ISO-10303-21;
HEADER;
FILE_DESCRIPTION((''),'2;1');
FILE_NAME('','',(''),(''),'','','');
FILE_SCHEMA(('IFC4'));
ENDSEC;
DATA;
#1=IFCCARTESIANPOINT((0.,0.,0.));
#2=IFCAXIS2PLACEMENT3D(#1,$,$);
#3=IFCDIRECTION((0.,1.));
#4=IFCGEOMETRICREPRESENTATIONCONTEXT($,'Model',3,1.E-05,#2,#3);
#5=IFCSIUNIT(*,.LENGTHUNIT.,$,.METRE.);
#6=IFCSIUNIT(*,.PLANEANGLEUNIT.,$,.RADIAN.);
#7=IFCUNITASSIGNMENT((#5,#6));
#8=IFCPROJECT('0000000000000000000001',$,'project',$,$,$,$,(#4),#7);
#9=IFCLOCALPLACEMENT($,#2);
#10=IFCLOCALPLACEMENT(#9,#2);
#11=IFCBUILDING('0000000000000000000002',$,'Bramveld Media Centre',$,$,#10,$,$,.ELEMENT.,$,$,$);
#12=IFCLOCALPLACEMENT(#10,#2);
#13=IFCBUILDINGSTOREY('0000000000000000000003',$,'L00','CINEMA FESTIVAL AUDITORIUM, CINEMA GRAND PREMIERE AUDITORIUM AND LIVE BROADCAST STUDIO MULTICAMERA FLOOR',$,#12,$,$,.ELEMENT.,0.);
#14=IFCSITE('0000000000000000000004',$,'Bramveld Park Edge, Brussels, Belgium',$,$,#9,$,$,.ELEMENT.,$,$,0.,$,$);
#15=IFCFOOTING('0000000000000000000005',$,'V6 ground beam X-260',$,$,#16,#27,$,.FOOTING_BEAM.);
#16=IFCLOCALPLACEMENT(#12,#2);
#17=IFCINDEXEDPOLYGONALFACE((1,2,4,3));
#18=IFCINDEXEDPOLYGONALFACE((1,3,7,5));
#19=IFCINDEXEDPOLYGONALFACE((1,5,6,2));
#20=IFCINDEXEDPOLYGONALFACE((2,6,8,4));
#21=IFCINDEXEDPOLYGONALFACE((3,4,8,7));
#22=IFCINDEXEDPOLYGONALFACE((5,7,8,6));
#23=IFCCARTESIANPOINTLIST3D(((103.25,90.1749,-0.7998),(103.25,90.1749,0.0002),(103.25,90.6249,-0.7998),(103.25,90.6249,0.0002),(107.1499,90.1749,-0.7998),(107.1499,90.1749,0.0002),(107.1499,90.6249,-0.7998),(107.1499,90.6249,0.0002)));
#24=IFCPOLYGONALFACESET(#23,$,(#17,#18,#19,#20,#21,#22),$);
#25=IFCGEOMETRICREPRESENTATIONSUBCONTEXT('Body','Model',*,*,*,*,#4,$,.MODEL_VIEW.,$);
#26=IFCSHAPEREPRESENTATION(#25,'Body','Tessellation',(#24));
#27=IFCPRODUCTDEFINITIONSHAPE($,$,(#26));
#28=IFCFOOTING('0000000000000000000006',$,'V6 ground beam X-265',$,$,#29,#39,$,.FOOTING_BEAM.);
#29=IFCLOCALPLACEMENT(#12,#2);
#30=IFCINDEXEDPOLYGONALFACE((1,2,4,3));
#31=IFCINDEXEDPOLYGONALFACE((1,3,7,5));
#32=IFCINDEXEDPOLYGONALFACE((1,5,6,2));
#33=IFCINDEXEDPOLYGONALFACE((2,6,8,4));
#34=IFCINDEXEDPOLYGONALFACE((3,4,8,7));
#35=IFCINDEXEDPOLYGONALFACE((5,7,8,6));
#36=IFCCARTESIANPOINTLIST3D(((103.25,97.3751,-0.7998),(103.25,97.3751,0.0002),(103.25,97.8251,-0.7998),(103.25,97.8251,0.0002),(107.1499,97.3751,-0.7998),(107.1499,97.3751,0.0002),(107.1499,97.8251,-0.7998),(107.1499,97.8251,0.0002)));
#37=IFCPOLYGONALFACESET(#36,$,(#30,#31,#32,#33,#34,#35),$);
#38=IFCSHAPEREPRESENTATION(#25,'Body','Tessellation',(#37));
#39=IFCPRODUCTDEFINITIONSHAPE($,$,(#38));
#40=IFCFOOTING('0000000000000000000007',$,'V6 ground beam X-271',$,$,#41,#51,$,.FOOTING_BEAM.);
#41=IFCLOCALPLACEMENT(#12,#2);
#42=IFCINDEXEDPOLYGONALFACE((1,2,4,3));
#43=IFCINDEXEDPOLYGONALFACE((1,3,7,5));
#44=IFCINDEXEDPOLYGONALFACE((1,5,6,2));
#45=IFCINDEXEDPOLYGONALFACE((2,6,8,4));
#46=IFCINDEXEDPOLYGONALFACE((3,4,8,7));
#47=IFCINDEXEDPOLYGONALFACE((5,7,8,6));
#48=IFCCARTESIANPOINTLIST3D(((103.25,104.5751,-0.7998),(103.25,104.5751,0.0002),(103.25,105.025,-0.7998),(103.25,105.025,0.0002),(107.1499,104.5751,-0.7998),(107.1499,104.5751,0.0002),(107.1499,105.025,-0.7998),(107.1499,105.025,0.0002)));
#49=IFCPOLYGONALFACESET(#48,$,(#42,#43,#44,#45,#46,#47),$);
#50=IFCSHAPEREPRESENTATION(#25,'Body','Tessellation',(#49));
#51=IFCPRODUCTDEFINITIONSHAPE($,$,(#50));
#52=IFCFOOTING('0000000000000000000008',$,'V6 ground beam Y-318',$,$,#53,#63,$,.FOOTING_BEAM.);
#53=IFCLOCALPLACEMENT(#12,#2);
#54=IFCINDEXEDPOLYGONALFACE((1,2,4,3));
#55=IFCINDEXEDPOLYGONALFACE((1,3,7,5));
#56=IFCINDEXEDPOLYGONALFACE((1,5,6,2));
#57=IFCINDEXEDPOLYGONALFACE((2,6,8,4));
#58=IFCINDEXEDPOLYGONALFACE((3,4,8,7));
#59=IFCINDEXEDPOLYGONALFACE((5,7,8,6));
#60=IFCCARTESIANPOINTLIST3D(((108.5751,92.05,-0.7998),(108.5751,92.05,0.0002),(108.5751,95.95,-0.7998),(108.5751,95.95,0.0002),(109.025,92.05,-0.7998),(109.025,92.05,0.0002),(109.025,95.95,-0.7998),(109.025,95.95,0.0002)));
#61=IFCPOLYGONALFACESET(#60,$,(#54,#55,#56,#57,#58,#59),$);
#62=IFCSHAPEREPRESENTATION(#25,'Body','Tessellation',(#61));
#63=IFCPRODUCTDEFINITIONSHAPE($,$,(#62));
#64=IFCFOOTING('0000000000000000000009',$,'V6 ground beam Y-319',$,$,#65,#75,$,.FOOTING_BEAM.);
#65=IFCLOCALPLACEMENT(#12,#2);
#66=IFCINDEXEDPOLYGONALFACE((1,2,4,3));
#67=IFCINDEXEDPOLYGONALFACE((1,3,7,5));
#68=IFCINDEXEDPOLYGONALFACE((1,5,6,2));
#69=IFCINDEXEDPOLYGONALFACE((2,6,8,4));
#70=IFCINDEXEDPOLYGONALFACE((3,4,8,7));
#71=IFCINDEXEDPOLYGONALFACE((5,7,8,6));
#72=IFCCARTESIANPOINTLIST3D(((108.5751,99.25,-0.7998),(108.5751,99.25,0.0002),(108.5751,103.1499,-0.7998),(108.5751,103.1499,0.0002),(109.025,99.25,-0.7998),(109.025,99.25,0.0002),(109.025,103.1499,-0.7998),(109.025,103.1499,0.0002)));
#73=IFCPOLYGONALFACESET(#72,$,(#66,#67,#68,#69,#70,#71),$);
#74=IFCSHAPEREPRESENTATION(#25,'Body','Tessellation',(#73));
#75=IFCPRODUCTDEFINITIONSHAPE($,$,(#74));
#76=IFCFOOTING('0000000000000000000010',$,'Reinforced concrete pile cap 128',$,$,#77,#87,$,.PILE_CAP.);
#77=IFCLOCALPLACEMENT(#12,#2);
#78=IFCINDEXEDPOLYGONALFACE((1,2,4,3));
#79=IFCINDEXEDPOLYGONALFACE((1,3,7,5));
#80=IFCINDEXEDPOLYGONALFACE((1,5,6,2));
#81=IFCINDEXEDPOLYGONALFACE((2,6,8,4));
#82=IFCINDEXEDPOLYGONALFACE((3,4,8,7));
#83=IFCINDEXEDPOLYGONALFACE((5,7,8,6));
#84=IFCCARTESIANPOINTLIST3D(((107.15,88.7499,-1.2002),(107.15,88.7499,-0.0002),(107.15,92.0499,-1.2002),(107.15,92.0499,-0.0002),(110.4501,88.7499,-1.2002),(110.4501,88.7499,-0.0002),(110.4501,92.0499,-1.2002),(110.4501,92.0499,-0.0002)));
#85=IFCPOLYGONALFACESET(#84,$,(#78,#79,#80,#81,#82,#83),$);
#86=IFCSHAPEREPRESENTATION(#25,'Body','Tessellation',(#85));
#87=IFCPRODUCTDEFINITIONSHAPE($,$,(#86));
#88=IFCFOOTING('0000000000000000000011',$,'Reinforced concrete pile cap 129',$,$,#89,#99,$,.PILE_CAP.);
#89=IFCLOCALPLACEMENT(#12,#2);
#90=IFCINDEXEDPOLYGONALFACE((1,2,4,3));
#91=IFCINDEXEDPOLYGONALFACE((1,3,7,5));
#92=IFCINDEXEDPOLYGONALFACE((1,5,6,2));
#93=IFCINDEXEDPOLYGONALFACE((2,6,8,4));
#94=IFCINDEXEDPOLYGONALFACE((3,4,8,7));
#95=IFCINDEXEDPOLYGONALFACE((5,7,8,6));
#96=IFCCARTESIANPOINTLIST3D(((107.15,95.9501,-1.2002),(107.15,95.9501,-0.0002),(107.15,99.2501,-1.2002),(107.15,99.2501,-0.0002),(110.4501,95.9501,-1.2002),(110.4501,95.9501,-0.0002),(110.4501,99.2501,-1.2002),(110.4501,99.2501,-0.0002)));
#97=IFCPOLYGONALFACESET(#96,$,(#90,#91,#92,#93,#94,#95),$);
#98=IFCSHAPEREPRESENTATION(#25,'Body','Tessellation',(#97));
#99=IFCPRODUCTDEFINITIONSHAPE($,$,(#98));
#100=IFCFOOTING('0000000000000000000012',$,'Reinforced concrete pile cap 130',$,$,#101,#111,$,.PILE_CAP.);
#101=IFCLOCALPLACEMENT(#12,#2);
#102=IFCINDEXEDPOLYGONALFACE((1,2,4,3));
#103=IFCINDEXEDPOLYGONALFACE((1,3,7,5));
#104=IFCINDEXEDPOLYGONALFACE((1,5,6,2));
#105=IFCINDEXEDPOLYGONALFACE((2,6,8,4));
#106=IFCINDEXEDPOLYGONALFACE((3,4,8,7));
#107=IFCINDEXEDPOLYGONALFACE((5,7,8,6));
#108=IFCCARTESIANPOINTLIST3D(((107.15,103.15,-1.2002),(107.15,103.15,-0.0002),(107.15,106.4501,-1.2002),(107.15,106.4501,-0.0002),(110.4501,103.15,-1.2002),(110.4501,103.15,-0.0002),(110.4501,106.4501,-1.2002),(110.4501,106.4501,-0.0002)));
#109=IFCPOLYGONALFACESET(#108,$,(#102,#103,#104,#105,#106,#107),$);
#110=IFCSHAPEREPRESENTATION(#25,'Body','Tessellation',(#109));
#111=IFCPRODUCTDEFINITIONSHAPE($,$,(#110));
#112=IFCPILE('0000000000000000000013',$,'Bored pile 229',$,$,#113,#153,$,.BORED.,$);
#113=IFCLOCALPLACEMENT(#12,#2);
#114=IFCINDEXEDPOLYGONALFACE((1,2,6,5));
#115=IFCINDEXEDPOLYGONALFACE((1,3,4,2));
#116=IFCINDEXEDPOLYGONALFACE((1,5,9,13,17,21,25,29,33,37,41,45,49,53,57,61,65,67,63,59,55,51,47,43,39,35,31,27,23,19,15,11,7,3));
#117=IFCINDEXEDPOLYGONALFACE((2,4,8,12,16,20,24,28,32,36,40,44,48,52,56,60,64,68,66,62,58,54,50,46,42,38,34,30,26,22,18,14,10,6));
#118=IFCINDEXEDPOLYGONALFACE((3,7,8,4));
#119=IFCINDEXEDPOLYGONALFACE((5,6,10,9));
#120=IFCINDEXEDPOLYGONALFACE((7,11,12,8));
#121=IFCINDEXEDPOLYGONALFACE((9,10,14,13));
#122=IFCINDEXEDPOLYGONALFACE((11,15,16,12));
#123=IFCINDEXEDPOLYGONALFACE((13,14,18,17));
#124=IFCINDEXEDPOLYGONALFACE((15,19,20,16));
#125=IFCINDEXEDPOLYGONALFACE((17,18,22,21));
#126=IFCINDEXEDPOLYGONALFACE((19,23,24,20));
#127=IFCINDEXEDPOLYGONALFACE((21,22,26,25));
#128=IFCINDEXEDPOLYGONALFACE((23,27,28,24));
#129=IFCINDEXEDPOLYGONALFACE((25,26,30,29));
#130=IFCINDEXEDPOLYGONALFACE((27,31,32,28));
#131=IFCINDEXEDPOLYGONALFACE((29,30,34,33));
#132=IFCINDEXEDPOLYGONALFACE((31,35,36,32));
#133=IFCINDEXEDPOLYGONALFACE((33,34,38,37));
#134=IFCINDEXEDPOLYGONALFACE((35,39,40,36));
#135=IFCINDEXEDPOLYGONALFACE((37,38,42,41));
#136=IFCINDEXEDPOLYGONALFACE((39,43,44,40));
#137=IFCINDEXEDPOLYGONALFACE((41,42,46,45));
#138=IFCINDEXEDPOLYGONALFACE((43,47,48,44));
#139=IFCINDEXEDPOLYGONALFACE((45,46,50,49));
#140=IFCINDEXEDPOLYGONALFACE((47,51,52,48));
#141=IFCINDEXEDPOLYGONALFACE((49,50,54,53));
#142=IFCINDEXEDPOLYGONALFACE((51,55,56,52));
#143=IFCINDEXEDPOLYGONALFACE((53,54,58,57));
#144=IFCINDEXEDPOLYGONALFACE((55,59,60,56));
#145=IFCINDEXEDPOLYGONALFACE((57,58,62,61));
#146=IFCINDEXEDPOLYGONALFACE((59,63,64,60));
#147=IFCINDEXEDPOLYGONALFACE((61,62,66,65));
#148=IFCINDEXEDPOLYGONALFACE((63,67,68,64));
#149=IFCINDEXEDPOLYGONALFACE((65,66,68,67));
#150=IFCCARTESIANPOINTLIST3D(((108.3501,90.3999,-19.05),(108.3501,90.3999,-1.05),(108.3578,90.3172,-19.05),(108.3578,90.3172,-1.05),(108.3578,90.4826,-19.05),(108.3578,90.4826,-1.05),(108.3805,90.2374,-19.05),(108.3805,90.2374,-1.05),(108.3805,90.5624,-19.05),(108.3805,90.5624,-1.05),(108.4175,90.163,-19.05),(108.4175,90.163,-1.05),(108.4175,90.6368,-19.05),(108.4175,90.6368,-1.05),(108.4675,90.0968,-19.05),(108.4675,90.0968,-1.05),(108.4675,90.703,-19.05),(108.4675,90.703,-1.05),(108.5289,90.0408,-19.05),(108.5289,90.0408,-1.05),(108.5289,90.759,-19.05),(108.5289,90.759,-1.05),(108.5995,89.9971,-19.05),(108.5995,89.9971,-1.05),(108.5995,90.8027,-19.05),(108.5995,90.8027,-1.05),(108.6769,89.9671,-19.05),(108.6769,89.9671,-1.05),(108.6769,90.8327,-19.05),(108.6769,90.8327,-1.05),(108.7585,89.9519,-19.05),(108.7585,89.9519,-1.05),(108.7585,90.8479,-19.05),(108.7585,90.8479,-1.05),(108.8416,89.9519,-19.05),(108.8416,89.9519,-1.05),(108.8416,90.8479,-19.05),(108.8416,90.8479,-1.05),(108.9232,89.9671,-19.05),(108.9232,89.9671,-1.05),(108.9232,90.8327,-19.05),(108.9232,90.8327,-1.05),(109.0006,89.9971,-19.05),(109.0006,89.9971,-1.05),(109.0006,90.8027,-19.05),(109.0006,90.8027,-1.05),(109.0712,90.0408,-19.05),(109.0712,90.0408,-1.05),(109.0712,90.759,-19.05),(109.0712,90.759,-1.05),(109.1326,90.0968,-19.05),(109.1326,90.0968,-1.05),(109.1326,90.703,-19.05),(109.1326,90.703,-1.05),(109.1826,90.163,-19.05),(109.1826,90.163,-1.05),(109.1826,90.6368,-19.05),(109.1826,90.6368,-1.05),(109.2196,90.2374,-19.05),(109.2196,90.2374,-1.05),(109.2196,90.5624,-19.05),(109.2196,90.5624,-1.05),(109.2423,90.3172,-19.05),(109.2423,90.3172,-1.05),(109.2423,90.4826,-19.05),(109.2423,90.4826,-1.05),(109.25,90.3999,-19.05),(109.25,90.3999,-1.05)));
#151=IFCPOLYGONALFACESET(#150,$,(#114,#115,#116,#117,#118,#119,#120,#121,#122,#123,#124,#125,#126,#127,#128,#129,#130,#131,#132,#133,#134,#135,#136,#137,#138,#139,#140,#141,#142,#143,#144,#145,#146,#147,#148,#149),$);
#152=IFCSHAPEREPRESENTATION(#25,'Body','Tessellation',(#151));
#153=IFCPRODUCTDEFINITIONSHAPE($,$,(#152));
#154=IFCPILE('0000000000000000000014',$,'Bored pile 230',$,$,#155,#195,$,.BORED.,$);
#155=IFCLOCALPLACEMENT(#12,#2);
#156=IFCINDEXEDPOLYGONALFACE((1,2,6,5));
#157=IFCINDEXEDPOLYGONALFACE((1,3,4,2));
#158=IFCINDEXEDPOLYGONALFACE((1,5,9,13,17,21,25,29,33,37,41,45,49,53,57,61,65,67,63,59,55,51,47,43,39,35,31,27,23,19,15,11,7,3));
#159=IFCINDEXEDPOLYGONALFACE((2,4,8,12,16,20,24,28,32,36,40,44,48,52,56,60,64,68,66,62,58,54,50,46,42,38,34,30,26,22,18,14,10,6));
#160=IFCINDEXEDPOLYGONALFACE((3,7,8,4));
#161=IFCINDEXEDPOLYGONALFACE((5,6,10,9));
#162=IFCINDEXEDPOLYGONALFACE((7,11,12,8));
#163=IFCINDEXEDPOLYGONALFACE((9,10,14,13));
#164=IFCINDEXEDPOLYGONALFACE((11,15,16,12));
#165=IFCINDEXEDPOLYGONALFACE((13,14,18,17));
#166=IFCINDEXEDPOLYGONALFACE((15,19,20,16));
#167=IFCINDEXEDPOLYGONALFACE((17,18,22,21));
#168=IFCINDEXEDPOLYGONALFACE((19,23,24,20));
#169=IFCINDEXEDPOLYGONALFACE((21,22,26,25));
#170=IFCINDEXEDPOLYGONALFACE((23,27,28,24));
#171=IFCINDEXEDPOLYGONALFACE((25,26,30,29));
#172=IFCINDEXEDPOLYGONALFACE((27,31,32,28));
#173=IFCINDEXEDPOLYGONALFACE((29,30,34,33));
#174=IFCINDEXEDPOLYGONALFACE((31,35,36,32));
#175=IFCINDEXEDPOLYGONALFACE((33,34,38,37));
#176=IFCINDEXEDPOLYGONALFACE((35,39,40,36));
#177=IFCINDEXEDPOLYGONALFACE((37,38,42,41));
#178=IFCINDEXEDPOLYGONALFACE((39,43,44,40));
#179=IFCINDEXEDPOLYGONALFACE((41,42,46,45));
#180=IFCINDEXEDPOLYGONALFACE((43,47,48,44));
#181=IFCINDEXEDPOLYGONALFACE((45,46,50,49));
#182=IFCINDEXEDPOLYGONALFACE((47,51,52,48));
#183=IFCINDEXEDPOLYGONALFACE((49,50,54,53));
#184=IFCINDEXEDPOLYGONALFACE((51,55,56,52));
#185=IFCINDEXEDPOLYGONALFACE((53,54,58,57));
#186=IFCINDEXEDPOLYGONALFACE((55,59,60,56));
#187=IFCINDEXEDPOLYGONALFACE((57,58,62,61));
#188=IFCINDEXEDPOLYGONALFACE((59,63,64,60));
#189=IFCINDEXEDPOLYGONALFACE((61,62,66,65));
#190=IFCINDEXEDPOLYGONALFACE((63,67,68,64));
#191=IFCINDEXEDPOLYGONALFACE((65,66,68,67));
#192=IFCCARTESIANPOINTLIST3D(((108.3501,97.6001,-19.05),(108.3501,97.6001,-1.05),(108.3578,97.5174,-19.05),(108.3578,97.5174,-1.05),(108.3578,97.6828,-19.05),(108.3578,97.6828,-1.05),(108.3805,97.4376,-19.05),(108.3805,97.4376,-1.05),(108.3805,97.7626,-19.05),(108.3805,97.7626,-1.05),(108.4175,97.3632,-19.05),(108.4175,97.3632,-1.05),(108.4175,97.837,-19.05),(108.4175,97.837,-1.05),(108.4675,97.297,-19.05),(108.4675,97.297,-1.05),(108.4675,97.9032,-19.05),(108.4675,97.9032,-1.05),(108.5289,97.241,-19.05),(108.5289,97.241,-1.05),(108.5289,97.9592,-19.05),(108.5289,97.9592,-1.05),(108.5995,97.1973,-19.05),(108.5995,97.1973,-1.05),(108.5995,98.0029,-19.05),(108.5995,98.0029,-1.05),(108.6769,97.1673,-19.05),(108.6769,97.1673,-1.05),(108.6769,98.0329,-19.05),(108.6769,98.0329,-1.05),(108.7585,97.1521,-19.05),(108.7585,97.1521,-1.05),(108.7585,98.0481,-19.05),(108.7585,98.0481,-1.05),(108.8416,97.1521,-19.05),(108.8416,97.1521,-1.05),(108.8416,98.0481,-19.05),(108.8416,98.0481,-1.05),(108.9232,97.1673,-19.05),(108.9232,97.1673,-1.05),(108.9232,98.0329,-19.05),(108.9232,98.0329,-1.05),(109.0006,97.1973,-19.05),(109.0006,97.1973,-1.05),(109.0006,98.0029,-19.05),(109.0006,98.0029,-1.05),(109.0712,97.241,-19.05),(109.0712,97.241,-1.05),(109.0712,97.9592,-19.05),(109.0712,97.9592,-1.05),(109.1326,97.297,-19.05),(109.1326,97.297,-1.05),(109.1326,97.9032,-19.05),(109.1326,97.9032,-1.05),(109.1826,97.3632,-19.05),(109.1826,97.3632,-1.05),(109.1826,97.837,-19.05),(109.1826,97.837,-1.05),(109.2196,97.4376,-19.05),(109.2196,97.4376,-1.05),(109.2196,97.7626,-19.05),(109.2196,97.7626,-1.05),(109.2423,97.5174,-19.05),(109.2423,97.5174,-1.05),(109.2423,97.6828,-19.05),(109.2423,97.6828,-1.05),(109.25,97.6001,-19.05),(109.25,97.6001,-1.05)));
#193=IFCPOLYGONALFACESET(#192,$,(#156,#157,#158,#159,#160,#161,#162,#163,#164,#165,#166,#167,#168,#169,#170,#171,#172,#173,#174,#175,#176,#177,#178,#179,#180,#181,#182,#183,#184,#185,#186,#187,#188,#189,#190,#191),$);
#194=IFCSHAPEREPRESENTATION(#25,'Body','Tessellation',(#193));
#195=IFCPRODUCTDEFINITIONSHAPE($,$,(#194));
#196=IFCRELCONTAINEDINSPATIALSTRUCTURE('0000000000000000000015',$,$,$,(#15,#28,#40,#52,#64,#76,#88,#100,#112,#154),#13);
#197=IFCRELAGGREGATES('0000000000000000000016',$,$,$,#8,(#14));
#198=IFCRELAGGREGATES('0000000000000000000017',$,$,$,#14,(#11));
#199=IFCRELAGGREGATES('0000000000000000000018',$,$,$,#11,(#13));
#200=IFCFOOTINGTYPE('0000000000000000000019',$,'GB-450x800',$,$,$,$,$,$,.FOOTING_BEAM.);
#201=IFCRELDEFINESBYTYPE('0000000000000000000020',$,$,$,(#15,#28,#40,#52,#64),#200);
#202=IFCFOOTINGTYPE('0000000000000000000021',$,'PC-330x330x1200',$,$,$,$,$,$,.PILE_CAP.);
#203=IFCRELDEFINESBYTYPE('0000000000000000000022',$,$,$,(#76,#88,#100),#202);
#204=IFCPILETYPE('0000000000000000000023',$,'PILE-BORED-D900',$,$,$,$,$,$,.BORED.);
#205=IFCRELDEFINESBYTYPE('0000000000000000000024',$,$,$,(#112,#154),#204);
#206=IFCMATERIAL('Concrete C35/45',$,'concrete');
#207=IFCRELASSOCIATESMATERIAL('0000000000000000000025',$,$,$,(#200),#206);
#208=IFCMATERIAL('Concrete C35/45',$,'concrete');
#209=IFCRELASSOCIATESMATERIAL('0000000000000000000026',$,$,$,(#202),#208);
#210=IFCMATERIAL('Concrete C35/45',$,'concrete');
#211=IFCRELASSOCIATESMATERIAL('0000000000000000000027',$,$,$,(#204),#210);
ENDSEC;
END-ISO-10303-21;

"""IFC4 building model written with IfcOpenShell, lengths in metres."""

from ifc_helpers import new_model, si_unit, direction, frame, origin, origin_2d, place, context, subcontext, project, spatial, rectangle, circle, extrude, material, material_profile, profile_set, type_object, element, save


model = new_model("IFC4")

# Units and contexts
model_context = context("Model", 3, precision=1e-05, world=origin(), true_north=direction((0.0, 1.0)))
body_context = subcontext(model_context, "Body", "Model", "MODEL_VIEW")
ifc_project = project(units=[si_unit("LENGTHUNIT", "METRE"), si_unit("PLANEANGLEUNIT", "RADIAN")], contexts=[model_context])

# Site, building, storey
site_placement = place(None, origin())
site = spatial("IfcSite", under=ifc_project, at=site_placement, Name="Bramveld Park Edge, Brussels, Belgium", CompositionType="ELEMENT", RefElevation=0.0)
building_placement = place(site_placement, origin())
building = spatial("IfcBuilding", under=site, at=building_placement, Name="Bramveld Media Centre", CompositionType="ELEMENT")
storey_placement = place(building_placement, origin())
storey = spatial("IfcBuildingStorey", under=building, at=storey_placement, Name="L00", Description="CINEMA FESTIVAL AUDITORIUM, CINEMA GRAND PREMIERE AUDITORIUM AND LIVE BROADCAST STUDIO MULTICAMERA FLOOR", CompositionType="ELEMENT", Elevation=0.0)

# Footings
ifc_material_1 = material(Name="Concrete C35/45", Category="concrete")
footing_type_1 = type_object("IfcFootingType", Name="GB-450x800", PredefinedType="FOOTING_BEAM", material=ifc_material_1)
for number, where, z_axis, x_axis, name in (
    (1, (105.2, 90.3999, -0.7998), (0.0, 0.0, 1.0), (1.0, 0.0, 0.0), "V6 ground beam X-260"),
    (2, (105.2, 97.6001, -0.7998), (0.0, 0.0, 1.0), (1.0, 0.0, 0.0), "V6 ground beam X-265"),
    (3, (105.2, 104.8, -0.7998), (0.0, 0.0, 1.0), (1.0, 0.0, 0.0), "V6 ground beam X-271"),
):
    element("IfcFooting", number, at=place(storey_placement, frame(where, z_axis=z_axis, x_axis=x_axis)), inside=storey, type_object=footing_type_1, Name=name, PredefinedType="FOOTING_BEAM", context=body_context, shape_type="SweptSolid", body=[
        extrude(rectangle(XDim=3.8999, YDim=0.45, at=origin_2d()), origin(), (0.0, 0.0, 1.0), 0.8),
    ])
for number, where, z_axis, x_axis, name in (
    (4, (108.8, 94.0, -0.7998), (0.0, 0.0, 1.0), (1.0, 0.0, 0.0), "V6 ground beam Y-318"),
    (5, (108.8, 101.2, -0.7998), (0.0, 0.0, 1.0), (1.0, 0.0, 0.0), "V6 ground beam Y-319"),
):
    element("IfcFooting", number, at=place(storey_placement, frame(where, z_axis=z_axis, x_axis=x_axis)), inside=storey, type_object=footing_type_1, Name=name, PredefinedType="FOOTING_BEAM", context=body_context, shape_type="SweptSolid", body=[
        extrude(rectangle(XDim=0.45, YDim=3.8999, at=origin_2d()), origin(), (0.0, 0.0, 1.0), 0.8),
    ])
ifc_material_2 = material(Name="Concrete C35/45", Category="concrete")
footing_type_2 = type_object("IfcFootingType", Name="PC-330x330x1200", PredefinedType="PILE_CAP", material=ifc_material_2)
for number, where, z_axis, x_axis, name in (
    (6, (108.8, 90.3999, -1.2002), (0.0, 0.0, 1.0), (1.0, 0.0, 0.0), "Reinforced concrete pile cap 128"),
    (7, (108.8, 97.6001, -1.2002), (0.0, 0.0, 1.0), (1.0, 0.0, 0.0), "Reinforced concrete pile cap 129"),
    (8, (108.8, 104.8, -1.2002), (0.0, 0.0, 1.0), (1.0, 0.0, 0.0), "Reinforced concrete pile cap 130"),
):
    element("IfcFooting", number, at=place(storey_placement, frame(where, z_axis=z_axis, x_axis=x_axis)), inside=storey, type_object=footing_type_2, Name=name, PredefinedType="PILE_CAP", context=body_context, shape_type="SweptSolid", body=[
        extrude(rectangle(XDim=3.3, YDim=3.3, at=origin_2d()), origin(), (0.0, 0.0, 1.0), 1.2),
    ])

# Piles
ifc_material_3 = material(Name="Concrete C35/45", Category="concrete")
ifc_material_profile_1 = material_profile(ifc_material_3, circle(Radius=0.45, at=origin_2d()), Name="BORED D900")
ifc_profile_set_1 = profile_set([ifc_material_profile_1], Name="Concrete C35/45")
pile_type = type_object("IfcPileType", Name="PILE-BORED-D900", PredefinedType="BORED", material=ifc_profile_set_1)
for number, where, z_axis, x_axis, name in (
    (9, (108.8, 90.3999, -1.05), (0.0, 0.0, -1.0), (1.0, 0.0, 0.0), "Bored pile 229"),
    (10, (108.8, 97.6001, -1.05), (0.0, 0.0, -1.0), (1.0, 0.0, 0.0), "Bored pile 230"),
):
    element("IfcPile", number, at=place(storey_placement, frame(where, z_axis=z_axis, x_axis=x_axis)), inside=storey, type_object=pile_type, Name=name, PredefinedType="BORED", context=body_context, shape_type="SweptSolid", body=[
        extrude(circle(Radius=0.45, at=origin_2d()), origin(), (0.0, 0.0, 1.0), 18.0),
    ])

save(model, "model.ifc")
